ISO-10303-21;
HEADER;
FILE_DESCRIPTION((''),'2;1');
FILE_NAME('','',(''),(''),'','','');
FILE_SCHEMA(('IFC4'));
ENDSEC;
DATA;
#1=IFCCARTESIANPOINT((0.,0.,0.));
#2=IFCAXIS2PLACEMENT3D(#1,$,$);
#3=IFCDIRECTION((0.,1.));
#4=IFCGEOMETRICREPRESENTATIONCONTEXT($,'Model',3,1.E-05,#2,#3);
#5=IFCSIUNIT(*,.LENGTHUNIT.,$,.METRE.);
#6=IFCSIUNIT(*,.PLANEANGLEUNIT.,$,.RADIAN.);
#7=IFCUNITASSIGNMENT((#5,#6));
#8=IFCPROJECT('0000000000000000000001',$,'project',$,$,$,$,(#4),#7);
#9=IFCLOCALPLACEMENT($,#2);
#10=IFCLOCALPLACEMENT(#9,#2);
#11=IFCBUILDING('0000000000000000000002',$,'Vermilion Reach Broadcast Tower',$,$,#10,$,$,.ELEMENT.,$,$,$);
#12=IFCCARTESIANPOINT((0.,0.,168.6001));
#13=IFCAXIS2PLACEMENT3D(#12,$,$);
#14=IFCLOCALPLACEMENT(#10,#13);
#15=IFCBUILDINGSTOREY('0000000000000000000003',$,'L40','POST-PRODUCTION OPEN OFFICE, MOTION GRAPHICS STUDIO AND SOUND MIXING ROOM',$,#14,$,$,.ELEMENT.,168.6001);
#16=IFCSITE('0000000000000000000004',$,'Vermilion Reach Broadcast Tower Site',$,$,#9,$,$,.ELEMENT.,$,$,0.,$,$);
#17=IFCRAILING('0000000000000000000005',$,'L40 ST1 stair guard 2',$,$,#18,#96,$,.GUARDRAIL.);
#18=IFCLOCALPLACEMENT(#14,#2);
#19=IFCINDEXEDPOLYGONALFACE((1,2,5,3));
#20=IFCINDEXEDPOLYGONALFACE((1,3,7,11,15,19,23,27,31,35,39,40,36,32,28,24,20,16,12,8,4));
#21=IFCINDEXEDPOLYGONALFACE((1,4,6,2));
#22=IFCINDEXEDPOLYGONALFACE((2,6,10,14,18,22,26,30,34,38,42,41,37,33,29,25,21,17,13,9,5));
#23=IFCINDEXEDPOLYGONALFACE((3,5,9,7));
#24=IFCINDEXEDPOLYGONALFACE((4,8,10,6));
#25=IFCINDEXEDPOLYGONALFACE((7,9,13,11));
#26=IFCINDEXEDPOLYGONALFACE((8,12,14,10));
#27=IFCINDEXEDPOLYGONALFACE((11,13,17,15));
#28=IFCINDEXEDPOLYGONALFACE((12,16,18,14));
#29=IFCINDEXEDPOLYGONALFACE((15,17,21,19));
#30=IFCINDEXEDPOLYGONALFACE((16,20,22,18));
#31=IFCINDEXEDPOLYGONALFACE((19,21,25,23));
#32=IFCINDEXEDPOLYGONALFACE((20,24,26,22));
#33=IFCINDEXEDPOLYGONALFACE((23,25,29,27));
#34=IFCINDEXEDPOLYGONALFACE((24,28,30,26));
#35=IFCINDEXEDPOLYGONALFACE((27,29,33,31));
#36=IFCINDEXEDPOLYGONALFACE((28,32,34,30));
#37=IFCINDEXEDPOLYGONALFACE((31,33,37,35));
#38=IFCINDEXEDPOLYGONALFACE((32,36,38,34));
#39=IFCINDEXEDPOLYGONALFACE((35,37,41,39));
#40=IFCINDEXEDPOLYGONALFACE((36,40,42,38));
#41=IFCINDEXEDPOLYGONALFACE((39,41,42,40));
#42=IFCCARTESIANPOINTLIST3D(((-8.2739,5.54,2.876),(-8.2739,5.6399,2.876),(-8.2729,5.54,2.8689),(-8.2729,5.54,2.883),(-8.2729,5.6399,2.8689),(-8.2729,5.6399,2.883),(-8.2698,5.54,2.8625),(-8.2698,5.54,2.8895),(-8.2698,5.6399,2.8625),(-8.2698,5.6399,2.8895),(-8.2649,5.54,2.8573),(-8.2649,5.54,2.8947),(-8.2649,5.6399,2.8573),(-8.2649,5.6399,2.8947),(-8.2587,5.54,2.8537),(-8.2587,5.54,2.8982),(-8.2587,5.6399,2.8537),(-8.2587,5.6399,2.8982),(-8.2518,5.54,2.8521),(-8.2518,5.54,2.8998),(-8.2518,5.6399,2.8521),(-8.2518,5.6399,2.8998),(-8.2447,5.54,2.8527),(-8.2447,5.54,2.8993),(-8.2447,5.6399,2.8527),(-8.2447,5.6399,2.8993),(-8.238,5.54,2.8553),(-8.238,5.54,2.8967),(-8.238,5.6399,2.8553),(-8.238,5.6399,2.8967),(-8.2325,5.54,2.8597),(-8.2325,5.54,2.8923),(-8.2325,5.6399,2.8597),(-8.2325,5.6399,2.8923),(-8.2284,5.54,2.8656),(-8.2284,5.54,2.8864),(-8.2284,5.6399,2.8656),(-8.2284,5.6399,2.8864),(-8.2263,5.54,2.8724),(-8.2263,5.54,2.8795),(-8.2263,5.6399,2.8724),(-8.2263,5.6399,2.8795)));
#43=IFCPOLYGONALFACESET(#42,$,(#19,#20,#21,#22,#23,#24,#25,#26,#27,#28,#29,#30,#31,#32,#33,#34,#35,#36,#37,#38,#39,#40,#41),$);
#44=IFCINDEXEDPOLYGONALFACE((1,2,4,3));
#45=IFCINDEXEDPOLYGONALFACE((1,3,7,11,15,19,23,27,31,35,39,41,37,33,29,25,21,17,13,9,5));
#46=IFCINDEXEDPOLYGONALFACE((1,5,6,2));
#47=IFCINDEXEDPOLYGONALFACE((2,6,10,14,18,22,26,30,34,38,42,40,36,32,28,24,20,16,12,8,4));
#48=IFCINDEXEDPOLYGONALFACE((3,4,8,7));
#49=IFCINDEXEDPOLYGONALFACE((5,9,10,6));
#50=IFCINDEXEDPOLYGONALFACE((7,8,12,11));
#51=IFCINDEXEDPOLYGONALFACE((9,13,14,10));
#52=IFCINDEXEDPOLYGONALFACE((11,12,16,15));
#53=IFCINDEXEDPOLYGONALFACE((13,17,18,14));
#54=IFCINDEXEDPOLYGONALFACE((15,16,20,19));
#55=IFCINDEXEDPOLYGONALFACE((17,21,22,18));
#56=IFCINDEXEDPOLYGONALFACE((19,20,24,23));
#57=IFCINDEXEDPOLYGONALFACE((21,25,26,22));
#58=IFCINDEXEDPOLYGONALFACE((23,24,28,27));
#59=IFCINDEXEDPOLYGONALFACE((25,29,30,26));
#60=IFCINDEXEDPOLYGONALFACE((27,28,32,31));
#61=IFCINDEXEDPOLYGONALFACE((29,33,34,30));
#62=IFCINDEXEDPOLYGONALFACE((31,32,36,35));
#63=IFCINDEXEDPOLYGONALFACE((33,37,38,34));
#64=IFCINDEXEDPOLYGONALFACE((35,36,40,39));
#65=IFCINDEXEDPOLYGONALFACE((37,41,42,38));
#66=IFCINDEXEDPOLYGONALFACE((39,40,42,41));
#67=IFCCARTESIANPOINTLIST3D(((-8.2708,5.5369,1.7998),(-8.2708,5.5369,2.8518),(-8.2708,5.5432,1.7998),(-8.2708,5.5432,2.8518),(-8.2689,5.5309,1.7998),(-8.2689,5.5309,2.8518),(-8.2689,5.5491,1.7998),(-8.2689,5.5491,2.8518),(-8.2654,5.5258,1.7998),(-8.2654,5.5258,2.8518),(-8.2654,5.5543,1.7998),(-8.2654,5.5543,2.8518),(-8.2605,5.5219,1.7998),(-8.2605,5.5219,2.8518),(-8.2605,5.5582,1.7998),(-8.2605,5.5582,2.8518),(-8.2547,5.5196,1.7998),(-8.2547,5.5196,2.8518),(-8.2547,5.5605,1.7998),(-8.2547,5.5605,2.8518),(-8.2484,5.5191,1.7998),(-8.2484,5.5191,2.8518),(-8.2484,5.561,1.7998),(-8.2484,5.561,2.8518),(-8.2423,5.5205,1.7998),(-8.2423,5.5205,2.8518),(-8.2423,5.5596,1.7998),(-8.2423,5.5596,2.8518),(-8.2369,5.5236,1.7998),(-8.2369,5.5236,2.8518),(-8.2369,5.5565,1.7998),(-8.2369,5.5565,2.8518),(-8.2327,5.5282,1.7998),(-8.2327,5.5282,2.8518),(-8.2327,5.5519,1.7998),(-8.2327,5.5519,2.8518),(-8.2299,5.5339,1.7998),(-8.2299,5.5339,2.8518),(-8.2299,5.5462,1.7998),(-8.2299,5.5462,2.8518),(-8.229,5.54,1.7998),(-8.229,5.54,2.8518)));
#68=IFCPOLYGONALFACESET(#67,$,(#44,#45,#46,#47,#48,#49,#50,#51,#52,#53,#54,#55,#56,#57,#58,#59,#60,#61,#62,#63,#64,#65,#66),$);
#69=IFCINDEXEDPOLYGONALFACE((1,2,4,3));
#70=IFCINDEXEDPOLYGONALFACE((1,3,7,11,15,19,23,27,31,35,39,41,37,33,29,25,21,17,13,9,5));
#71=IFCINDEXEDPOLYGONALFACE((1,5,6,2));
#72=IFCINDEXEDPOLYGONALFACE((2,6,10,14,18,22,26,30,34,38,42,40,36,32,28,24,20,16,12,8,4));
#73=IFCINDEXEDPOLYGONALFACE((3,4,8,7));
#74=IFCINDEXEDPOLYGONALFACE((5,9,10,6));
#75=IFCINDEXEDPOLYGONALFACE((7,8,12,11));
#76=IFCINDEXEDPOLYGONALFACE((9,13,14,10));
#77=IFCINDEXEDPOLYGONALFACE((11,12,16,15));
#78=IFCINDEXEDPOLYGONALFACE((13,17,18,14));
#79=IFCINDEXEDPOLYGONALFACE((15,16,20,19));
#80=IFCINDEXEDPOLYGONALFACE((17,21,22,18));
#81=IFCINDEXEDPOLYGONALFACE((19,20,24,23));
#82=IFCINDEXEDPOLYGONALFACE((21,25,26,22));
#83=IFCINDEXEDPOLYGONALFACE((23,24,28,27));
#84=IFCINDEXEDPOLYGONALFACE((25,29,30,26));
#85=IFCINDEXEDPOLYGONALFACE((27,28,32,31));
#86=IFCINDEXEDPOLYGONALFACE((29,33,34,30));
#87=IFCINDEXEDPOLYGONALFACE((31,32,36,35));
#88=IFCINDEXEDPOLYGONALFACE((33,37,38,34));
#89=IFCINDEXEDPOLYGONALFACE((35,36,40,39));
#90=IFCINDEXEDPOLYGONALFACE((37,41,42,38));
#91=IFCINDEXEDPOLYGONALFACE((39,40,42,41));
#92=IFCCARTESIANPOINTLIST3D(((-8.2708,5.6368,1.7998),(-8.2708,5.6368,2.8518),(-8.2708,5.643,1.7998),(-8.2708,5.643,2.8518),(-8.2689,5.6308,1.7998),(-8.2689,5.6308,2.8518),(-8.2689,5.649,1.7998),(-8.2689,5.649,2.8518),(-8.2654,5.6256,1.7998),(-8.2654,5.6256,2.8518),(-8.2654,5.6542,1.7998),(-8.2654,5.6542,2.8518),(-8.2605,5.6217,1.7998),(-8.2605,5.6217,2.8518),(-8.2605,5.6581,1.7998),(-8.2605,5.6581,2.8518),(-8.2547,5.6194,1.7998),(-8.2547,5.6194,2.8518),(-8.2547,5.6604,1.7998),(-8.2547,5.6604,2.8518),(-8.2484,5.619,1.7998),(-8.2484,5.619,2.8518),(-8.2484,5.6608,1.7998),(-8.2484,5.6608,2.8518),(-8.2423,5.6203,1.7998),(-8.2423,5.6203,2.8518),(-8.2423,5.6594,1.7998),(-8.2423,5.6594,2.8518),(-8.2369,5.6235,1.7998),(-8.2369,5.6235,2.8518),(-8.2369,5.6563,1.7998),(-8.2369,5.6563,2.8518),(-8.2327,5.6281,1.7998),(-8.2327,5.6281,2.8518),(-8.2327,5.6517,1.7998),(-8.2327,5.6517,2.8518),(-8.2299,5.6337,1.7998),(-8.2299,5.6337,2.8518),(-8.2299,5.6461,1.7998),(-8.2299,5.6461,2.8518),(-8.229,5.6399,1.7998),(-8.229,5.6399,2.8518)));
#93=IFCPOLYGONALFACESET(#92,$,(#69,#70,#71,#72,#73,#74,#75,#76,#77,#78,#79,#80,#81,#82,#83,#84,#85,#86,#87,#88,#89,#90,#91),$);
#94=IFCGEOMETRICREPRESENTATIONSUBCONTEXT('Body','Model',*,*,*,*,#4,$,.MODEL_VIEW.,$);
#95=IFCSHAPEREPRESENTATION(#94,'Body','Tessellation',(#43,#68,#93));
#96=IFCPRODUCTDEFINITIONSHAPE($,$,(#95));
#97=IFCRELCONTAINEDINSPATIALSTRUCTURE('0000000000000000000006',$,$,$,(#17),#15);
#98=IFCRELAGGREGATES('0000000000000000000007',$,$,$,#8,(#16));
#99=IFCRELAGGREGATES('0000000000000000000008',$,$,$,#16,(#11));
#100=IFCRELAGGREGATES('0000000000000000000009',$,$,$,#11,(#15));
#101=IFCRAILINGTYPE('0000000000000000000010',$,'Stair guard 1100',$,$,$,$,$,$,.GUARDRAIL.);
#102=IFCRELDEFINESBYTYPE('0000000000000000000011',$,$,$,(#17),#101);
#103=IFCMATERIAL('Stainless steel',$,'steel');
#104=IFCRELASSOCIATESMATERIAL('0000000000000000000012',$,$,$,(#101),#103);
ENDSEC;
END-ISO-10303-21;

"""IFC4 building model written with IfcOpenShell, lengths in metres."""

from ifc_helpers import new_model, si_unit, direction, frame, origin, origin_2d, place, context, subcontext, project, spatial, circle, extrude, material, type_object, element, save


model = new_model("IFC4")

# Units and contexts
model_context = context("Model", 3, precision=1e-05, world=origin(), true_north=direction((0.0, 1.0)))
body_context = subcontext(model_context, "Body", "Model", "MODEL_VIEW")
ifc_project = project(units=[si_unit("LENGTHUNIT", "METRE"), si_unit("PLANEANGLEUNIT", "RADIAN")], contexts=[model_context])

# Site, building, storey
site_placement = place(None, origin())
site = spatial("IfcSite", under=ifc_project, at=site_placement, Name="Vermilion Reach Broadcast Tower Site", CompositionType="ELEMENT", RefElevation=0.0)
building_placement = place(site_placement, origin())
building = spatial("IfcBuilding", under=site, at=building_placement, Name="Vermilion Reach Broadcast Tower", CompositionType="ELEMENT")
storey_placement = place(building_placement, frame((0.0, 0.0, 168.6001)))
storey = spatial("IfcBuildingStorey", under=building, at=storey_placement, Name="L40", Description="POST-PRODUCTION OPEN OFFICE, MOTION GRAPHICS STUDIO AND SOUND MIXING ROOM", CompositionType="ELEMENT", Elevation=168.6001)

# Railing
ifc_material_1 = material(Name="Stainless steel", Category="steel")
railing_type_1 = type_object("IfcRailingType", Name="Stair guard 1100", PredefinedType="GUARDRAIL", material=ifc_material_1)
railing_1_placement = place(storey_placement, frame((-8.25, 5.54, 1.7998)))
element("IfcRailing", 1, at=railing_1_placement, inside=storey, type_object=railing_type_1, Name="L40 ST1 stair guard 2", PredefinedType="GUARDRAIL", context=body_context, shape_type="SweptSolid", body=[
    extrude(circle(Radius=0.0239, at=origin_2d()), frame((0.0, 0.0, 1.0762), z_axis=(0.0, 1.0, 0.0), x_axis=(-1.0, 0.0, 0.0)), (0.0, 0.0, 1.0), 0.0999),
    extrude(circle(Radius=0.021, at=origin_2d()), origin(), (0.0, 0.0, 1.0), 1.052),
    extrude(circle(Radius=0.021, at=origin_2d()), frame((0.0, 0.0999, 0.0)), (0.0, 0.0, 1.0), 1.052),
])

save(model, "model.ifc")
